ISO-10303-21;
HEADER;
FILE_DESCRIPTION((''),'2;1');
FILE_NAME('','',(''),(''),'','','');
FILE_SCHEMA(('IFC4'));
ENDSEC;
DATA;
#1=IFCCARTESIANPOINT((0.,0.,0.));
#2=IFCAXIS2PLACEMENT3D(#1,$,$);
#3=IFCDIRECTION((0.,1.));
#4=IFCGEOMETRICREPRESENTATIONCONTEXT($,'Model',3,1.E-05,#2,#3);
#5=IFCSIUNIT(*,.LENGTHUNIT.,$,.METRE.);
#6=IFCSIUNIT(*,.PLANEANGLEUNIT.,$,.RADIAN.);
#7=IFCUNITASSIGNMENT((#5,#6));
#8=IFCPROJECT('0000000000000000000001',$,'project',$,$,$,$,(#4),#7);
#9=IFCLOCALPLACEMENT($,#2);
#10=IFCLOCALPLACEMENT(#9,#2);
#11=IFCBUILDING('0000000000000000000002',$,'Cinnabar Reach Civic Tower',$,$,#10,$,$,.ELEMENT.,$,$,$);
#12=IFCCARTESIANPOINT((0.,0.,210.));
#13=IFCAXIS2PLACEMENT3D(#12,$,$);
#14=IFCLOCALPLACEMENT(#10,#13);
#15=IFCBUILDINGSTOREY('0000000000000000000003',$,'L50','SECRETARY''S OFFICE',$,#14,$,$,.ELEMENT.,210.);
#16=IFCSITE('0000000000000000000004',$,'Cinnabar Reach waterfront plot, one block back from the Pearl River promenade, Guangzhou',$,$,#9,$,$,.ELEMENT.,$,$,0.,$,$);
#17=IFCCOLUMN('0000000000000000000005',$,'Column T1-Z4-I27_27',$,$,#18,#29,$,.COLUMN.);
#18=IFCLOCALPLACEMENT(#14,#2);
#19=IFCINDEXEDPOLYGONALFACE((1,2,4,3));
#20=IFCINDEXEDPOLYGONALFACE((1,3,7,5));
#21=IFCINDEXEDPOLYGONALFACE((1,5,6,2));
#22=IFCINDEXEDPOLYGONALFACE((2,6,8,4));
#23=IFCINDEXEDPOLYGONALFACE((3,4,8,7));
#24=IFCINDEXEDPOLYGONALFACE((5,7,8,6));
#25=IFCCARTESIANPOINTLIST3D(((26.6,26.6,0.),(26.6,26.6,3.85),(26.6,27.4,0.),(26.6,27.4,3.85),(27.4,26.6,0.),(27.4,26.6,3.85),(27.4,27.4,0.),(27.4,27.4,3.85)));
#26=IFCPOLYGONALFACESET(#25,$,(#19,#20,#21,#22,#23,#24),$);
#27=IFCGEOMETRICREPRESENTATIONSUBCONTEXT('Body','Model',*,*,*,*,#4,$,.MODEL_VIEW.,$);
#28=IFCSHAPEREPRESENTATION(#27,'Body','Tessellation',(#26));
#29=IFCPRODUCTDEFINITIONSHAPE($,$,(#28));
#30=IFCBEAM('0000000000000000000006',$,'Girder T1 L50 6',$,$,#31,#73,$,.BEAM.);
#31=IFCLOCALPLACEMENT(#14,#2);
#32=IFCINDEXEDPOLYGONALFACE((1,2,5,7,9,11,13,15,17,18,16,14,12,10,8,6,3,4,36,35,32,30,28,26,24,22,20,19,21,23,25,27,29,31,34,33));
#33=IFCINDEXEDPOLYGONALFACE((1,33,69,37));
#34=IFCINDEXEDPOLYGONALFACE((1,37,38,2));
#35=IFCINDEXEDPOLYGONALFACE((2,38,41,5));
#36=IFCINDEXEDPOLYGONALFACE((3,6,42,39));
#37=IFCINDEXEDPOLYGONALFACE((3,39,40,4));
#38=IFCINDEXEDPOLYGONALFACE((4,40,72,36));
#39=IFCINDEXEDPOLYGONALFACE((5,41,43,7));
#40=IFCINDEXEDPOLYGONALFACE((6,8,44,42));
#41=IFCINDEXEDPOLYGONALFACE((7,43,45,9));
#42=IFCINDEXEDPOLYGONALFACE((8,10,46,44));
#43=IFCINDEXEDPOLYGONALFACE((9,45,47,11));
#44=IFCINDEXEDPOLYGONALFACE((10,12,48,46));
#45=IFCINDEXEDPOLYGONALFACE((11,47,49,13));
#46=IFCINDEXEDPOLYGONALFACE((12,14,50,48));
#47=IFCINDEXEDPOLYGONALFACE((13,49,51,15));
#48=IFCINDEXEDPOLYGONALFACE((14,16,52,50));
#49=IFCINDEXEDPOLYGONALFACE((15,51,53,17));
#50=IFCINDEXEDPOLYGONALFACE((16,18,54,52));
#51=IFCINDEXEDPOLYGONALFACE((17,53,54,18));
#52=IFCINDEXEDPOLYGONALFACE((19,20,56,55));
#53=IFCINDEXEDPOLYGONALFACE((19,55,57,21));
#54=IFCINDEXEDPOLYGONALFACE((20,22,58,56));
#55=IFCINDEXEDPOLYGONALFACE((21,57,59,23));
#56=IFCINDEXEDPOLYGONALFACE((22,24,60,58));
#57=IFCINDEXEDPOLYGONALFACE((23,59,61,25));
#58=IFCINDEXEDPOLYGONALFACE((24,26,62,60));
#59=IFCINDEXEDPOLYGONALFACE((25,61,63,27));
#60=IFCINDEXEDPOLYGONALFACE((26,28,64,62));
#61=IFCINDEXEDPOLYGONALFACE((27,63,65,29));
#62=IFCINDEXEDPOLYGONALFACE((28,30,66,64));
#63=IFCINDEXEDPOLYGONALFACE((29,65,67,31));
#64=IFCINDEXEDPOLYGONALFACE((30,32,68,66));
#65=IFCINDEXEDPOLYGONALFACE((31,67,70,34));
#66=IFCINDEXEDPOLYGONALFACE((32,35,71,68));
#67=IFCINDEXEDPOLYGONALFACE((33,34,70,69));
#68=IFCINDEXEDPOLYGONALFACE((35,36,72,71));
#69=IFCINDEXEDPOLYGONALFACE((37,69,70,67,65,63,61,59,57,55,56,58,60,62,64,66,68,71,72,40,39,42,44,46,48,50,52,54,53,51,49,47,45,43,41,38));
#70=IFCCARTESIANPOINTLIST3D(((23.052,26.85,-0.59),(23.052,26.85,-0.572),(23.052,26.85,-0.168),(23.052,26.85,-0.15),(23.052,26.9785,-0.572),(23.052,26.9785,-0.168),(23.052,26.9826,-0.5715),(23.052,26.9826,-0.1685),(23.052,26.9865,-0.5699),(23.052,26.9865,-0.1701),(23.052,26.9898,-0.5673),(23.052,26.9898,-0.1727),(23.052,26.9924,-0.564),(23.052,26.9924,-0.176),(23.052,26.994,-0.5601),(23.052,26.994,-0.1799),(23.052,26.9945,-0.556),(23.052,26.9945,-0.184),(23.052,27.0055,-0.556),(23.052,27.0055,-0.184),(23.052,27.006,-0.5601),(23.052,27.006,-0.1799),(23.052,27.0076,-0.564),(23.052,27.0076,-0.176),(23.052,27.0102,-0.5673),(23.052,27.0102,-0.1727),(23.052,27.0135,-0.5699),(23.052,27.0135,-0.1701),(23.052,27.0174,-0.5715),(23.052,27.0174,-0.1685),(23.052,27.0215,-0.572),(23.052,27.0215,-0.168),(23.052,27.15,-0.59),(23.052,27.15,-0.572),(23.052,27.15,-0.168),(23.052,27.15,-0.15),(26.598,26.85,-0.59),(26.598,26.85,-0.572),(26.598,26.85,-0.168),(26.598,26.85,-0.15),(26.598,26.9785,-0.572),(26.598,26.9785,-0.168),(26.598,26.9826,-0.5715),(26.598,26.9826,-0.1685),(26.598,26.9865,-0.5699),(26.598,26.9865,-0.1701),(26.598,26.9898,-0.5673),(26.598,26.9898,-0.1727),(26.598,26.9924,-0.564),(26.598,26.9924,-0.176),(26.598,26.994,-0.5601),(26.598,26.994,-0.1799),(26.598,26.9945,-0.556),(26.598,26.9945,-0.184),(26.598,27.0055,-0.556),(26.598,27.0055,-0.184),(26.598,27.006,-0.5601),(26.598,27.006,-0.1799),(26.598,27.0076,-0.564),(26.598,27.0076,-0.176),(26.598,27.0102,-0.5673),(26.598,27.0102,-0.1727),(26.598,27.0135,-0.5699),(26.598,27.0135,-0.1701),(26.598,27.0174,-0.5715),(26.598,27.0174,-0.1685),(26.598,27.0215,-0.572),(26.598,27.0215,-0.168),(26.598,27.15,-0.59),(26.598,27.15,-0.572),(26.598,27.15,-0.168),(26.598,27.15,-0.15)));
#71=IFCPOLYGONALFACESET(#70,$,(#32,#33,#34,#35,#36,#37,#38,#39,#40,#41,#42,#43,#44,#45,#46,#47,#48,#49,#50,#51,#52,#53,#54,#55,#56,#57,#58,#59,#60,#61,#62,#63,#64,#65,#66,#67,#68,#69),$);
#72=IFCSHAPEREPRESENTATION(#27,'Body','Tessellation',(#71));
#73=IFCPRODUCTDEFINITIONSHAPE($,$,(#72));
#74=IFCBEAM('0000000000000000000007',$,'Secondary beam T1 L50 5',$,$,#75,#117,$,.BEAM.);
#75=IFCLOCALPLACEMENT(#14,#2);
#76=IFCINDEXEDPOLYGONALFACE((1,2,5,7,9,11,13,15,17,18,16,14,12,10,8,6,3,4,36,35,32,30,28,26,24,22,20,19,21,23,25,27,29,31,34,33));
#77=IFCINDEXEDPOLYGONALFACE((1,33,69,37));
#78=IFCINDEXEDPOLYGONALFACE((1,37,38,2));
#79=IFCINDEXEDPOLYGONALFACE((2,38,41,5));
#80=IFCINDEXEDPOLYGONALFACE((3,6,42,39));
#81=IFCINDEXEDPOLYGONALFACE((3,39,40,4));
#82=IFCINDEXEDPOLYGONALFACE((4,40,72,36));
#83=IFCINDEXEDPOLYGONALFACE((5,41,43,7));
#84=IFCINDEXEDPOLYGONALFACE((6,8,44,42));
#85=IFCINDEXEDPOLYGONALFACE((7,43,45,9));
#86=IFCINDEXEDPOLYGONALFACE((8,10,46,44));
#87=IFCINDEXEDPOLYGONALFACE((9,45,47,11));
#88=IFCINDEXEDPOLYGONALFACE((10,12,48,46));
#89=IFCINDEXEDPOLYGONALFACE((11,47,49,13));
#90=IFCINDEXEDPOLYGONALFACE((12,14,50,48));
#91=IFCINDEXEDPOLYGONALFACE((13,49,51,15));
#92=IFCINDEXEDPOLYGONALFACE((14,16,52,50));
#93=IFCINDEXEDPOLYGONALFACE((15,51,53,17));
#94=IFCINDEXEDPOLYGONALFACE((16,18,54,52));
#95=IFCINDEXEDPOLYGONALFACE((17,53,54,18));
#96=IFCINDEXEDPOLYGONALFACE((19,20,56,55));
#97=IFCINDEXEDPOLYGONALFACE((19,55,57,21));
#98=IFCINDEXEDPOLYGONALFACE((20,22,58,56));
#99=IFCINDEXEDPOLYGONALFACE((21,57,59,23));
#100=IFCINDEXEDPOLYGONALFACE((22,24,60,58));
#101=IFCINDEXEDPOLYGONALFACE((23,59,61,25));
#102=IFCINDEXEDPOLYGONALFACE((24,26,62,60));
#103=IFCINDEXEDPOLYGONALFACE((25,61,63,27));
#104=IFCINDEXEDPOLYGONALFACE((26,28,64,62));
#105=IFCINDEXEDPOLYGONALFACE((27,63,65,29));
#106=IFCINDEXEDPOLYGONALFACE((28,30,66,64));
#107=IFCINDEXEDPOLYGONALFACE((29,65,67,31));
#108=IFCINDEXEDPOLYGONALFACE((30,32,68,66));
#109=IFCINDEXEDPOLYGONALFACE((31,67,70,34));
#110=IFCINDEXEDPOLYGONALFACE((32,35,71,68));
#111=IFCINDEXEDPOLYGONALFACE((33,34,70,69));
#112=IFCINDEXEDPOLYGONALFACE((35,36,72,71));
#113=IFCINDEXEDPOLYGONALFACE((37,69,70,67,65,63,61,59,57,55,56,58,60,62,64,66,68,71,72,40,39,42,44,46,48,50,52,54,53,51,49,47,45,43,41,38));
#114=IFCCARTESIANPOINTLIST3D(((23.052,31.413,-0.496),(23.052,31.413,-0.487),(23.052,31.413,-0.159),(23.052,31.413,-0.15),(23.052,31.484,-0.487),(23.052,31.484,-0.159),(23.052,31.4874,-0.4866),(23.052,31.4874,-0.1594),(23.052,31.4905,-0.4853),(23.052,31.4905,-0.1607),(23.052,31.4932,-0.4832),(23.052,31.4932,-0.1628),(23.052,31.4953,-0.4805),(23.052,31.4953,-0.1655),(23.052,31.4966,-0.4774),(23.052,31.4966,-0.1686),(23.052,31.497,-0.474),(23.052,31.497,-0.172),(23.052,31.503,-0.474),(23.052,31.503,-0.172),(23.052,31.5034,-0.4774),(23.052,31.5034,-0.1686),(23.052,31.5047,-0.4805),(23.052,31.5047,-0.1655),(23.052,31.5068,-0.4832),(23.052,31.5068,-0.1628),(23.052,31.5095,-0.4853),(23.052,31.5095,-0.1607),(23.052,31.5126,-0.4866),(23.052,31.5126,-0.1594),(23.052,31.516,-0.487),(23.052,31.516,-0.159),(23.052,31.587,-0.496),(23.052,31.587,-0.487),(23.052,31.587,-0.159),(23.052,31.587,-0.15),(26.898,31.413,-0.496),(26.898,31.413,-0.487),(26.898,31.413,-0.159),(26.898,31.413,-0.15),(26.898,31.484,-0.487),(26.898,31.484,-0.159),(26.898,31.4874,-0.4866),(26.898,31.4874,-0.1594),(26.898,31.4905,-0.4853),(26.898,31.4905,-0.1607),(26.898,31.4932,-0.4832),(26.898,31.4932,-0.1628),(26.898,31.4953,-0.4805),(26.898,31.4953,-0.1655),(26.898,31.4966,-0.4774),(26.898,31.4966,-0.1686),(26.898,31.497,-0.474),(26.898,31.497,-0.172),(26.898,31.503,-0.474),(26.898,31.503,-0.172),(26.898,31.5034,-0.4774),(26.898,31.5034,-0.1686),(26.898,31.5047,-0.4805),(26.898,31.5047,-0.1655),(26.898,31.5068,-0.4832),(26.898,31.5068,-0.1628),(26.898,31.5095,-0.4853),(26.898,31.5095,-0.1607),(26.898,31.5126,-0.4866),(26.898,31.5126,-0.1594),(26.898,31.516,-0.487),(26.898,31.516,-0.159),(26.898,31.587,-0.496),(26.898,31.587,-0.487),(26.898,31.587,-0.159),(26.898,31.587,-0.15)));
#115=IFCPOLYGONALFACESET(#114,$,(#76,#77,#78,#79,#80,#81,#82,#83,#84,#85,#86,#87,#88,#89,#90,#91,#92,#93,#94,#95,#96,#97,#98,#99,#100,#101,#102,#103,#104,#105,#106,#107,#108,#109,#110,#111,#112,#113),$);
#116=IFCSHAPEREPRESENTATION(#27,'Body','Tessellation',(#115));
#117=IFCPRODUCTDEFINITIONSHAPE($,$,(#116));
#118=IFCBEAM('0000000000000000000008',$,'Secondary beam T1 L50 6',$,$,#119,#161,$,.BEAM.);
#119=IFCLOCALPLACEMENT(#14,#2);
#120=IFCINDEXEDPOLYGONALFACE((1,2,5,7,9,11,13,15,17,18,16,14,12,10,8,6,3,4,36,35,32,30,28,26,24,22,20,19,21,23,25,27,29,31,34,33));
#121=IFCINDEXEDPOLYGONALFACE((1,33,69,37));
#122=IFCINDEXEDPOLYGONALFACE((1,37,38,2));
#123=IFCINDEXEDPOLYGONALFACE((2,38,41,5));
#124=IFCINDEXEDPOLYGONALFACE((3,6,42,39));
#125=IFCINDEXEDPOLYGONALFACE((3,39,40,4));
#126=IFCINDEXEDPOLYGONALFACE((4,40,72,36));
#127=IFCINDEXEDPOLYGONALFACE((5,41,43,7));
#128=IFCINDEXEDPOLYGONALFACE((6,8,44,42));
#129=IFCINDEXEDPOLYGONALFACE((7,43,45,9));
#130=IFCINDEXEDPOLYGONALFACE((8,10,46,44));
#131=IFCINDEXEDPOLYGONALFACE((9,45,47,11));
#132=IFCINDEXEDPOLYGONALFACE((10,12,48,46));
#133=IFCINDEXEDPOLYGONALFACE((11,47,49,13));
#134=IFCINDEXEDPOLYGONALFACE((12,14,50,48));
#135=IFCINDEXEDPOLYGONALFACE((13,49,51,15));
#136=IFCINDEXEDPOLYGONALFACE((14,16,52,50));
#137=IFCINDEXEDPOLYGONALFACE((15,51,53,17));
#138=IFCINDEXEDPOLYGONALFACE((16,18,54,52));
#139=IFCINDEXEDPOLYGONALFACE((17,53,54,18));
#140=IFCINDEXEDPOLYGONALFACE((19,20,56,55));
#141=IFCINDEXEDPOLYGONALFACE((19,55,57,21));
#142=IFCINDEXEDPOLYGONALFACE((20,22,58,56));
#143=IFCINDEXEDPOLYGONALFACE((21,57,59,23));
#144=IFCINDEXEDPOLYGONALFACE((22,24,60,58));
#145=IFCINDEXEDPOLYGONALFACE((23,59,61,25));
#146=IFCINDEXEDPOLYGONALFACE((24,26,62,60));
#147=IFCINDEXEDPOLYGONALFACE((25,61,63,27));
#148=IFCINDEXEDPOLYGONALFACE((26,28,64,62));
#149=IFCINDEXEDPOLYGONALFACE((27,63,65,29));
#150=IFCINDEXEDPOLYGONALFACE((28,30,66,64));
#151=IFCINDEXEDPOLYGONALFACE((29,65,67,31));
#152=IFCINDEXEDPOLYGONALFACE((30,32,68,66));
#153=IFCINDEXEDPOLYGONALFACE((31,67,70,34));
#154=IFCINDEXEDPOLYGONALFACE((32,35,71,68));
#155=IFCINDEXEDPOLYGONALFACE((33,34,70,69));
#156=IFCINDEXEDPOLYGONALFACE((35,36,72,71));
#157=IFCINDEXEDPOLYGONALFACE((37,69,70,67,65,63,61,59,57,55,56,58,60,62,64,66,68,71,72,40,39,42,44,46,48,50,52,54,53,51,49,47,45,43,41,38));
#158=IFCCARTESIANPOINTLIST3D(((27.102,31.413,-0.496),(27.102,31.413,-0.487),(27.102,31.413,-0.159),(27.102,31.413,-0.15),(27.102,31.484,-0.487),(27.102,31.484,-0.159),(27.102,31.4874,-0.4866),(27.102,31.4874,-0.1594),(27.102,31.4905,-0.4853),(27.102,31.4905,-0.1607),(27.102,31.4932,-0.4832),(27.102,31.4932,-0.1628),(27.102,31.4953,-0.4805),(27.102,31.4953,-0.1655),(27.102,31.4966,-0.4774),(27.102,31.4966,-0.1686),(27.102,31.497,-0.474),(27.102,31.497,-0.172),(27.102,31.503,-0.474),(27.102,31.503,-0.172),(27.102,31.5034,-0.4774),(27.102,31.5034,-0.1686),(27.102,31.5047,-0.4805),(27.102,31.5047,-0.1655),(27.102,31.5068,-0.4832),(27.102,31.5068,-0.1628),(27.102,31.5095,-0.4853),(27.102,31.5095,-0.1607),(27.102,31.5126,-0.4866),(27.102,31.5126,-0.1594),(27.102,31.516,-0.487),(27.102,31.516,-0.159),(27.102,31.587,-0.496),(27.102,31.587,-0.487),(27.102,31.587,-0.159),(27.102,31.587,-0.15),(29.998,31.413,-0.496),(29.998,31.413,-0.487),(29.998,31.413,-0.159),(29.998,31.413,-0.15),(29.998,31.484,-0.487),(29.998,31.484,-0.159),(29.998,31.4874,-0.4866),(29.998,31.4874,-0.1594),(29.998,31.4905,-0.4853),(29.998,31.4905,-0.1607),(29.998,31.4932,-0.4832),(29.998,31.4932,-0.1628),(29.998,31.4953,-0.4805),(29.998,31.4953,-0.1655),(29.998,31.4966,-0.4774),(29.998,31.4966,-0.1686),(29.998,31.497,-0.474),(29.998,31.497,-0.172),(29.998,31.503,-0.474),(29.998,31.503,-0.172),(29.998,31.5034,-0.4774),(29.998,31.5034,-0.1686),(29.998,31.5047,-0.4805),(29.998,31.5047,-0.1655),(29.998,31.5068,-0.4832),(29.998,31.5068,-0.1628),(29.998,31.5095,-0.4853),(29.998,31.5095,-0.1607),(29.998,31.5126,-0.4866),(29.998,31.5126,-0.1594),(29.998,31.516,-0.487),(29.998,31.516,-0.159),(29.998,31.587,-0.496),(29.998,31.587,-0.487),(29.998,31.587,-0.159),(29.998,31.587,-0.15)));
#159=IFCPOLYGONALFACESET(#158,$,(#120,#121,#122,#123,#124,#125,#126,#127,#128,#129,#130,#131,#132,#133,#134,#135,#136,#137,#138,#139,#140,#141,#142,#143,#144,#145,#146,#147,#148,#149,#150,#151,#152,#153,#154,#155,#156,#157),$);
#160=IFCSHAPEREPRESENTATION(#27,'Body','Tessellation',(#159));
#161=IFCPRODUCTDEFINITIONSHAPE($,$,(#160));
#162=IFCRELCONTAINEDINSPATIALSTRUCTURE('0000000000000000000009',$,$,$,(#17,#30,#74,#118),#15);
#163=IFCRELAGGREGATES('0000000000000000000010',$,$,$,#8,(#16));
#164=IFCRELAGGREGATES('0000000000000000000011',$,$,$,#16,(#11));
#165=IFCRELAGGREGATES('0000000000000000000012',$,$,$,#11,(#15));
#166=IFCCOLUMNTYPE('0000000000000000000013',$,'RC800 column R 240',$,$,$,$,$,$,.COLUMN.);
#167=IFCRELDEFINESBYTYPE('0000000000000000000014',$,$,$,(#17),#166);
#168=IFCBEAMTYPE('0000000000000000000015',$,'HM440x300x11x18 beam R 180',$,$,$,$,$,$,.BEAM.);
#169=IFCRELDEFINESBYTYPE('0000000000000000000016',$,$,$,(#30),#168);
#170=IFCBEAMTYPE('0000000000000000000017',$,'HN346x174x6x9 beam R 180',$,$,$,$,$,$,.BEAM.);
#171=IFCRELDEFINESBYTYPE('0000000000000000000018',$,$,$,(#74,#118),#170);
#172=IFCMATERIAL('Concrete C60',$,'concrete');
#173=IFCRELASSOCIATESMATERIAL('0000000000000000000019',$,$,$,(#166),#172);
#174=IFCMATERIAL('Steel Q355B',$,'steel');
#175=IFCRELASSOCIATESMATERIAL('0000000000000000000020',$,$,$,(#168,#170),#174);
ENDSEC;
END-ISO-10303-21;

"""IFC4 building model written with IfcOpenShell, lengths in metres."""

from ifc_helpers import new_model, si_unit, direction, frame, origin, origin_2d, place, context, subcontext, project, spatial, rectangle, i_section, extrude, material, material_profile, profile_set, type_object, element, save


model = new_model("IFC4")

# Units and contexts
model_context = context("Model", 3, precision=1e-05, world=origin(), true_north=direction((0.0, 1.0)))
body_context = subcontext(model_context, "Body", "Model", "MODEL_VIEW")
ifc_project = project(units=[si_unit("LENGTHUNIT", "METRE"), si_unit("PLANEANGLEUNIT", "RADIAN")], contexts=[model_context])

# Site, building, storey
site_placement = place(None, origin())
site = spatial("IfcSite", under=ifc_project, at=site_placement, Name="Cinnabar Reach waterfront plot, one block back from the Pearl River promenade, Guangzhou", CompositionType="ELEMENT", RefElevation=0.0)
building_placement = place(site_placement, origin())
building = spatial("IfcBuilding", under=site, at=building_placement, Name="Cinnabar Reach Civic Tower", CompositionType="ELEMENT")
storey_placement = place(building_placement, frame((0.0, 0.0, 210.0)))
storey = spatial("IfcBuildingStorey", under=building, at=storey_placement, Name="L50", Description="SECRETARY'S OFFICE", CompositionType="ELEMENT", Elevation=210.0)

# Column
ifc_material_1 = material(Name="Concrete C60", Category="concrete")
ifc_material_profile_1 = material_profile(ifc_material_1, rectangle(XDim=0.8, YDim=0.8, at=origin_2d()), Name="RC800")
ifc_profile_set_1 = profile_set([ifc_material_profile_1], Name="Concrete C60")
column_type = type_object("IfcColumnType", Name="RC800 column R 240", PredefinedType="COLUMN", material=ifc_profile_set_1)
column_placement = place(storey_placement, frame((27.0, 27.0, 0.0), z_axis=(0.0, 0.0, 1.0), x_axis=(1.0, 0.0, 0.0)))
element("IfcColumn", 1, at=column_placement, inside=storey, type_object=column_type, Name="Column T1-Z4-I27_27", PredefinedType="COLUMN", context=body_context, shape_type="SweptSolid", body=[
    extrude(rectangle(XDim=0.8, YDim=0.8, at=origin_2d()), origin(), (0.0, 0.0, 1.0), 3.85),
])

# Beams
ifc_material_2 = material(Name="Steel Q355B", Category="steel")
ifc_material_profile_2 = material_profile(ifc_material_2, i_section(OverallWidth=0.3, OverallDepth=0.44, WebThickness=0.011, FlangeThickness=0.018, FilletRadius=0.016, at=origin_2d()), Name="HM440x300x11x18")
ifc_profile_set_2 = profile_set([ifc_material_profile_2], Name="Steel Q355B")
beam_type_1 = type_object("IfcBeamType", Name="HM440x300x11x18 beam R 180", PredefinedType="BEAM", material=ifc_profile_set_2)
beam_1_placement = place(storey_placement, frame((23.052, 27.0, -0.37), z_axis=(1.0, 0.0, 0.0), x_axis=(0.0, 1.0, 0.0)))
element("IfcBeam", 2, at=beam_1_placement, inside=storey, type_object=beam_type_1, Name="Girder T1 L50 6", PredefinedType="BEAM", context=body_context, shape_type="SweptSolid", body=[
    extrude(i_section(OverallWidth=0.3, OverallDepth=0.44, WebThickness=0.011, FlangeThickness=0.018, FilletRadius=0.016, at=origin_2d()), origin(), (0.0, 0.0, 1.0), 3.546),
])
ifc_material_profile_3 = material_profile(ifc_material_2, i_section(OverallWidth=0.174, OverallDepth=0.346, WebThickness=0.006, FlangeThickness=0.009, FilletRadius=0.013, at=origin_2d()), Name="HN346x174x6x9")
ifc_profile_set_3 = profile_set([ifc_material_profile_3], Name="Steel Q355B")
beam_type_2 = type_object("IfcBeamType", Name="HN346x174x6x9 beam R 180", PredefinedType="BEAM", material=ifc_profile_set_3)
beam_2_placement = place(storey_placement, frame((23.052, 31.5, -0.323), z_axis=(1.0, 0.0, 0.0), x_axis=(0.0, 1.0, 0.0)))
element("IfcBeam", 3, at=beam_2_placement, inside=storey, type_object=beam_type_2, Name="Secondary beam T1 L50 5", PredefinedType="BEAM", context=body_context, shape_type="SweptSolid", body=[
    extrude(i_section(OverallWidth=0.174, OverallDepth=0.346, WebThickness=0.006, FlangeThickness=0.009, FilletRadius=0.013, at=origin_2d()), origin(), (0.0, 0.0, 1.0), 3.846),
])
beam_3_placement = place(storey_placement, frame((27.102, 31.5, -0.323), z_axis=(1.0, 0.0, 0.0), x_axis=(0.0, 1.0, 0.0)))
element("IfcBeam", 4, at=beam_3_placement, inside=storey, type_object=beam_type_2, Name="Secondary beam T1 L50 6", PredefinedType="BEAM", context=body_context, shape_type="SweptSolid", body=[
    extrude(i_section(OverallWidth=0.174, OverallDepth=0.346, WebThickness=0.006, FlangeThickness=0.009, FilletRadius=0.013, at=origin_2d()), origin(), (0.0, 0.0, 1.0), 2.896),
])

save(model, "model.ifc")
